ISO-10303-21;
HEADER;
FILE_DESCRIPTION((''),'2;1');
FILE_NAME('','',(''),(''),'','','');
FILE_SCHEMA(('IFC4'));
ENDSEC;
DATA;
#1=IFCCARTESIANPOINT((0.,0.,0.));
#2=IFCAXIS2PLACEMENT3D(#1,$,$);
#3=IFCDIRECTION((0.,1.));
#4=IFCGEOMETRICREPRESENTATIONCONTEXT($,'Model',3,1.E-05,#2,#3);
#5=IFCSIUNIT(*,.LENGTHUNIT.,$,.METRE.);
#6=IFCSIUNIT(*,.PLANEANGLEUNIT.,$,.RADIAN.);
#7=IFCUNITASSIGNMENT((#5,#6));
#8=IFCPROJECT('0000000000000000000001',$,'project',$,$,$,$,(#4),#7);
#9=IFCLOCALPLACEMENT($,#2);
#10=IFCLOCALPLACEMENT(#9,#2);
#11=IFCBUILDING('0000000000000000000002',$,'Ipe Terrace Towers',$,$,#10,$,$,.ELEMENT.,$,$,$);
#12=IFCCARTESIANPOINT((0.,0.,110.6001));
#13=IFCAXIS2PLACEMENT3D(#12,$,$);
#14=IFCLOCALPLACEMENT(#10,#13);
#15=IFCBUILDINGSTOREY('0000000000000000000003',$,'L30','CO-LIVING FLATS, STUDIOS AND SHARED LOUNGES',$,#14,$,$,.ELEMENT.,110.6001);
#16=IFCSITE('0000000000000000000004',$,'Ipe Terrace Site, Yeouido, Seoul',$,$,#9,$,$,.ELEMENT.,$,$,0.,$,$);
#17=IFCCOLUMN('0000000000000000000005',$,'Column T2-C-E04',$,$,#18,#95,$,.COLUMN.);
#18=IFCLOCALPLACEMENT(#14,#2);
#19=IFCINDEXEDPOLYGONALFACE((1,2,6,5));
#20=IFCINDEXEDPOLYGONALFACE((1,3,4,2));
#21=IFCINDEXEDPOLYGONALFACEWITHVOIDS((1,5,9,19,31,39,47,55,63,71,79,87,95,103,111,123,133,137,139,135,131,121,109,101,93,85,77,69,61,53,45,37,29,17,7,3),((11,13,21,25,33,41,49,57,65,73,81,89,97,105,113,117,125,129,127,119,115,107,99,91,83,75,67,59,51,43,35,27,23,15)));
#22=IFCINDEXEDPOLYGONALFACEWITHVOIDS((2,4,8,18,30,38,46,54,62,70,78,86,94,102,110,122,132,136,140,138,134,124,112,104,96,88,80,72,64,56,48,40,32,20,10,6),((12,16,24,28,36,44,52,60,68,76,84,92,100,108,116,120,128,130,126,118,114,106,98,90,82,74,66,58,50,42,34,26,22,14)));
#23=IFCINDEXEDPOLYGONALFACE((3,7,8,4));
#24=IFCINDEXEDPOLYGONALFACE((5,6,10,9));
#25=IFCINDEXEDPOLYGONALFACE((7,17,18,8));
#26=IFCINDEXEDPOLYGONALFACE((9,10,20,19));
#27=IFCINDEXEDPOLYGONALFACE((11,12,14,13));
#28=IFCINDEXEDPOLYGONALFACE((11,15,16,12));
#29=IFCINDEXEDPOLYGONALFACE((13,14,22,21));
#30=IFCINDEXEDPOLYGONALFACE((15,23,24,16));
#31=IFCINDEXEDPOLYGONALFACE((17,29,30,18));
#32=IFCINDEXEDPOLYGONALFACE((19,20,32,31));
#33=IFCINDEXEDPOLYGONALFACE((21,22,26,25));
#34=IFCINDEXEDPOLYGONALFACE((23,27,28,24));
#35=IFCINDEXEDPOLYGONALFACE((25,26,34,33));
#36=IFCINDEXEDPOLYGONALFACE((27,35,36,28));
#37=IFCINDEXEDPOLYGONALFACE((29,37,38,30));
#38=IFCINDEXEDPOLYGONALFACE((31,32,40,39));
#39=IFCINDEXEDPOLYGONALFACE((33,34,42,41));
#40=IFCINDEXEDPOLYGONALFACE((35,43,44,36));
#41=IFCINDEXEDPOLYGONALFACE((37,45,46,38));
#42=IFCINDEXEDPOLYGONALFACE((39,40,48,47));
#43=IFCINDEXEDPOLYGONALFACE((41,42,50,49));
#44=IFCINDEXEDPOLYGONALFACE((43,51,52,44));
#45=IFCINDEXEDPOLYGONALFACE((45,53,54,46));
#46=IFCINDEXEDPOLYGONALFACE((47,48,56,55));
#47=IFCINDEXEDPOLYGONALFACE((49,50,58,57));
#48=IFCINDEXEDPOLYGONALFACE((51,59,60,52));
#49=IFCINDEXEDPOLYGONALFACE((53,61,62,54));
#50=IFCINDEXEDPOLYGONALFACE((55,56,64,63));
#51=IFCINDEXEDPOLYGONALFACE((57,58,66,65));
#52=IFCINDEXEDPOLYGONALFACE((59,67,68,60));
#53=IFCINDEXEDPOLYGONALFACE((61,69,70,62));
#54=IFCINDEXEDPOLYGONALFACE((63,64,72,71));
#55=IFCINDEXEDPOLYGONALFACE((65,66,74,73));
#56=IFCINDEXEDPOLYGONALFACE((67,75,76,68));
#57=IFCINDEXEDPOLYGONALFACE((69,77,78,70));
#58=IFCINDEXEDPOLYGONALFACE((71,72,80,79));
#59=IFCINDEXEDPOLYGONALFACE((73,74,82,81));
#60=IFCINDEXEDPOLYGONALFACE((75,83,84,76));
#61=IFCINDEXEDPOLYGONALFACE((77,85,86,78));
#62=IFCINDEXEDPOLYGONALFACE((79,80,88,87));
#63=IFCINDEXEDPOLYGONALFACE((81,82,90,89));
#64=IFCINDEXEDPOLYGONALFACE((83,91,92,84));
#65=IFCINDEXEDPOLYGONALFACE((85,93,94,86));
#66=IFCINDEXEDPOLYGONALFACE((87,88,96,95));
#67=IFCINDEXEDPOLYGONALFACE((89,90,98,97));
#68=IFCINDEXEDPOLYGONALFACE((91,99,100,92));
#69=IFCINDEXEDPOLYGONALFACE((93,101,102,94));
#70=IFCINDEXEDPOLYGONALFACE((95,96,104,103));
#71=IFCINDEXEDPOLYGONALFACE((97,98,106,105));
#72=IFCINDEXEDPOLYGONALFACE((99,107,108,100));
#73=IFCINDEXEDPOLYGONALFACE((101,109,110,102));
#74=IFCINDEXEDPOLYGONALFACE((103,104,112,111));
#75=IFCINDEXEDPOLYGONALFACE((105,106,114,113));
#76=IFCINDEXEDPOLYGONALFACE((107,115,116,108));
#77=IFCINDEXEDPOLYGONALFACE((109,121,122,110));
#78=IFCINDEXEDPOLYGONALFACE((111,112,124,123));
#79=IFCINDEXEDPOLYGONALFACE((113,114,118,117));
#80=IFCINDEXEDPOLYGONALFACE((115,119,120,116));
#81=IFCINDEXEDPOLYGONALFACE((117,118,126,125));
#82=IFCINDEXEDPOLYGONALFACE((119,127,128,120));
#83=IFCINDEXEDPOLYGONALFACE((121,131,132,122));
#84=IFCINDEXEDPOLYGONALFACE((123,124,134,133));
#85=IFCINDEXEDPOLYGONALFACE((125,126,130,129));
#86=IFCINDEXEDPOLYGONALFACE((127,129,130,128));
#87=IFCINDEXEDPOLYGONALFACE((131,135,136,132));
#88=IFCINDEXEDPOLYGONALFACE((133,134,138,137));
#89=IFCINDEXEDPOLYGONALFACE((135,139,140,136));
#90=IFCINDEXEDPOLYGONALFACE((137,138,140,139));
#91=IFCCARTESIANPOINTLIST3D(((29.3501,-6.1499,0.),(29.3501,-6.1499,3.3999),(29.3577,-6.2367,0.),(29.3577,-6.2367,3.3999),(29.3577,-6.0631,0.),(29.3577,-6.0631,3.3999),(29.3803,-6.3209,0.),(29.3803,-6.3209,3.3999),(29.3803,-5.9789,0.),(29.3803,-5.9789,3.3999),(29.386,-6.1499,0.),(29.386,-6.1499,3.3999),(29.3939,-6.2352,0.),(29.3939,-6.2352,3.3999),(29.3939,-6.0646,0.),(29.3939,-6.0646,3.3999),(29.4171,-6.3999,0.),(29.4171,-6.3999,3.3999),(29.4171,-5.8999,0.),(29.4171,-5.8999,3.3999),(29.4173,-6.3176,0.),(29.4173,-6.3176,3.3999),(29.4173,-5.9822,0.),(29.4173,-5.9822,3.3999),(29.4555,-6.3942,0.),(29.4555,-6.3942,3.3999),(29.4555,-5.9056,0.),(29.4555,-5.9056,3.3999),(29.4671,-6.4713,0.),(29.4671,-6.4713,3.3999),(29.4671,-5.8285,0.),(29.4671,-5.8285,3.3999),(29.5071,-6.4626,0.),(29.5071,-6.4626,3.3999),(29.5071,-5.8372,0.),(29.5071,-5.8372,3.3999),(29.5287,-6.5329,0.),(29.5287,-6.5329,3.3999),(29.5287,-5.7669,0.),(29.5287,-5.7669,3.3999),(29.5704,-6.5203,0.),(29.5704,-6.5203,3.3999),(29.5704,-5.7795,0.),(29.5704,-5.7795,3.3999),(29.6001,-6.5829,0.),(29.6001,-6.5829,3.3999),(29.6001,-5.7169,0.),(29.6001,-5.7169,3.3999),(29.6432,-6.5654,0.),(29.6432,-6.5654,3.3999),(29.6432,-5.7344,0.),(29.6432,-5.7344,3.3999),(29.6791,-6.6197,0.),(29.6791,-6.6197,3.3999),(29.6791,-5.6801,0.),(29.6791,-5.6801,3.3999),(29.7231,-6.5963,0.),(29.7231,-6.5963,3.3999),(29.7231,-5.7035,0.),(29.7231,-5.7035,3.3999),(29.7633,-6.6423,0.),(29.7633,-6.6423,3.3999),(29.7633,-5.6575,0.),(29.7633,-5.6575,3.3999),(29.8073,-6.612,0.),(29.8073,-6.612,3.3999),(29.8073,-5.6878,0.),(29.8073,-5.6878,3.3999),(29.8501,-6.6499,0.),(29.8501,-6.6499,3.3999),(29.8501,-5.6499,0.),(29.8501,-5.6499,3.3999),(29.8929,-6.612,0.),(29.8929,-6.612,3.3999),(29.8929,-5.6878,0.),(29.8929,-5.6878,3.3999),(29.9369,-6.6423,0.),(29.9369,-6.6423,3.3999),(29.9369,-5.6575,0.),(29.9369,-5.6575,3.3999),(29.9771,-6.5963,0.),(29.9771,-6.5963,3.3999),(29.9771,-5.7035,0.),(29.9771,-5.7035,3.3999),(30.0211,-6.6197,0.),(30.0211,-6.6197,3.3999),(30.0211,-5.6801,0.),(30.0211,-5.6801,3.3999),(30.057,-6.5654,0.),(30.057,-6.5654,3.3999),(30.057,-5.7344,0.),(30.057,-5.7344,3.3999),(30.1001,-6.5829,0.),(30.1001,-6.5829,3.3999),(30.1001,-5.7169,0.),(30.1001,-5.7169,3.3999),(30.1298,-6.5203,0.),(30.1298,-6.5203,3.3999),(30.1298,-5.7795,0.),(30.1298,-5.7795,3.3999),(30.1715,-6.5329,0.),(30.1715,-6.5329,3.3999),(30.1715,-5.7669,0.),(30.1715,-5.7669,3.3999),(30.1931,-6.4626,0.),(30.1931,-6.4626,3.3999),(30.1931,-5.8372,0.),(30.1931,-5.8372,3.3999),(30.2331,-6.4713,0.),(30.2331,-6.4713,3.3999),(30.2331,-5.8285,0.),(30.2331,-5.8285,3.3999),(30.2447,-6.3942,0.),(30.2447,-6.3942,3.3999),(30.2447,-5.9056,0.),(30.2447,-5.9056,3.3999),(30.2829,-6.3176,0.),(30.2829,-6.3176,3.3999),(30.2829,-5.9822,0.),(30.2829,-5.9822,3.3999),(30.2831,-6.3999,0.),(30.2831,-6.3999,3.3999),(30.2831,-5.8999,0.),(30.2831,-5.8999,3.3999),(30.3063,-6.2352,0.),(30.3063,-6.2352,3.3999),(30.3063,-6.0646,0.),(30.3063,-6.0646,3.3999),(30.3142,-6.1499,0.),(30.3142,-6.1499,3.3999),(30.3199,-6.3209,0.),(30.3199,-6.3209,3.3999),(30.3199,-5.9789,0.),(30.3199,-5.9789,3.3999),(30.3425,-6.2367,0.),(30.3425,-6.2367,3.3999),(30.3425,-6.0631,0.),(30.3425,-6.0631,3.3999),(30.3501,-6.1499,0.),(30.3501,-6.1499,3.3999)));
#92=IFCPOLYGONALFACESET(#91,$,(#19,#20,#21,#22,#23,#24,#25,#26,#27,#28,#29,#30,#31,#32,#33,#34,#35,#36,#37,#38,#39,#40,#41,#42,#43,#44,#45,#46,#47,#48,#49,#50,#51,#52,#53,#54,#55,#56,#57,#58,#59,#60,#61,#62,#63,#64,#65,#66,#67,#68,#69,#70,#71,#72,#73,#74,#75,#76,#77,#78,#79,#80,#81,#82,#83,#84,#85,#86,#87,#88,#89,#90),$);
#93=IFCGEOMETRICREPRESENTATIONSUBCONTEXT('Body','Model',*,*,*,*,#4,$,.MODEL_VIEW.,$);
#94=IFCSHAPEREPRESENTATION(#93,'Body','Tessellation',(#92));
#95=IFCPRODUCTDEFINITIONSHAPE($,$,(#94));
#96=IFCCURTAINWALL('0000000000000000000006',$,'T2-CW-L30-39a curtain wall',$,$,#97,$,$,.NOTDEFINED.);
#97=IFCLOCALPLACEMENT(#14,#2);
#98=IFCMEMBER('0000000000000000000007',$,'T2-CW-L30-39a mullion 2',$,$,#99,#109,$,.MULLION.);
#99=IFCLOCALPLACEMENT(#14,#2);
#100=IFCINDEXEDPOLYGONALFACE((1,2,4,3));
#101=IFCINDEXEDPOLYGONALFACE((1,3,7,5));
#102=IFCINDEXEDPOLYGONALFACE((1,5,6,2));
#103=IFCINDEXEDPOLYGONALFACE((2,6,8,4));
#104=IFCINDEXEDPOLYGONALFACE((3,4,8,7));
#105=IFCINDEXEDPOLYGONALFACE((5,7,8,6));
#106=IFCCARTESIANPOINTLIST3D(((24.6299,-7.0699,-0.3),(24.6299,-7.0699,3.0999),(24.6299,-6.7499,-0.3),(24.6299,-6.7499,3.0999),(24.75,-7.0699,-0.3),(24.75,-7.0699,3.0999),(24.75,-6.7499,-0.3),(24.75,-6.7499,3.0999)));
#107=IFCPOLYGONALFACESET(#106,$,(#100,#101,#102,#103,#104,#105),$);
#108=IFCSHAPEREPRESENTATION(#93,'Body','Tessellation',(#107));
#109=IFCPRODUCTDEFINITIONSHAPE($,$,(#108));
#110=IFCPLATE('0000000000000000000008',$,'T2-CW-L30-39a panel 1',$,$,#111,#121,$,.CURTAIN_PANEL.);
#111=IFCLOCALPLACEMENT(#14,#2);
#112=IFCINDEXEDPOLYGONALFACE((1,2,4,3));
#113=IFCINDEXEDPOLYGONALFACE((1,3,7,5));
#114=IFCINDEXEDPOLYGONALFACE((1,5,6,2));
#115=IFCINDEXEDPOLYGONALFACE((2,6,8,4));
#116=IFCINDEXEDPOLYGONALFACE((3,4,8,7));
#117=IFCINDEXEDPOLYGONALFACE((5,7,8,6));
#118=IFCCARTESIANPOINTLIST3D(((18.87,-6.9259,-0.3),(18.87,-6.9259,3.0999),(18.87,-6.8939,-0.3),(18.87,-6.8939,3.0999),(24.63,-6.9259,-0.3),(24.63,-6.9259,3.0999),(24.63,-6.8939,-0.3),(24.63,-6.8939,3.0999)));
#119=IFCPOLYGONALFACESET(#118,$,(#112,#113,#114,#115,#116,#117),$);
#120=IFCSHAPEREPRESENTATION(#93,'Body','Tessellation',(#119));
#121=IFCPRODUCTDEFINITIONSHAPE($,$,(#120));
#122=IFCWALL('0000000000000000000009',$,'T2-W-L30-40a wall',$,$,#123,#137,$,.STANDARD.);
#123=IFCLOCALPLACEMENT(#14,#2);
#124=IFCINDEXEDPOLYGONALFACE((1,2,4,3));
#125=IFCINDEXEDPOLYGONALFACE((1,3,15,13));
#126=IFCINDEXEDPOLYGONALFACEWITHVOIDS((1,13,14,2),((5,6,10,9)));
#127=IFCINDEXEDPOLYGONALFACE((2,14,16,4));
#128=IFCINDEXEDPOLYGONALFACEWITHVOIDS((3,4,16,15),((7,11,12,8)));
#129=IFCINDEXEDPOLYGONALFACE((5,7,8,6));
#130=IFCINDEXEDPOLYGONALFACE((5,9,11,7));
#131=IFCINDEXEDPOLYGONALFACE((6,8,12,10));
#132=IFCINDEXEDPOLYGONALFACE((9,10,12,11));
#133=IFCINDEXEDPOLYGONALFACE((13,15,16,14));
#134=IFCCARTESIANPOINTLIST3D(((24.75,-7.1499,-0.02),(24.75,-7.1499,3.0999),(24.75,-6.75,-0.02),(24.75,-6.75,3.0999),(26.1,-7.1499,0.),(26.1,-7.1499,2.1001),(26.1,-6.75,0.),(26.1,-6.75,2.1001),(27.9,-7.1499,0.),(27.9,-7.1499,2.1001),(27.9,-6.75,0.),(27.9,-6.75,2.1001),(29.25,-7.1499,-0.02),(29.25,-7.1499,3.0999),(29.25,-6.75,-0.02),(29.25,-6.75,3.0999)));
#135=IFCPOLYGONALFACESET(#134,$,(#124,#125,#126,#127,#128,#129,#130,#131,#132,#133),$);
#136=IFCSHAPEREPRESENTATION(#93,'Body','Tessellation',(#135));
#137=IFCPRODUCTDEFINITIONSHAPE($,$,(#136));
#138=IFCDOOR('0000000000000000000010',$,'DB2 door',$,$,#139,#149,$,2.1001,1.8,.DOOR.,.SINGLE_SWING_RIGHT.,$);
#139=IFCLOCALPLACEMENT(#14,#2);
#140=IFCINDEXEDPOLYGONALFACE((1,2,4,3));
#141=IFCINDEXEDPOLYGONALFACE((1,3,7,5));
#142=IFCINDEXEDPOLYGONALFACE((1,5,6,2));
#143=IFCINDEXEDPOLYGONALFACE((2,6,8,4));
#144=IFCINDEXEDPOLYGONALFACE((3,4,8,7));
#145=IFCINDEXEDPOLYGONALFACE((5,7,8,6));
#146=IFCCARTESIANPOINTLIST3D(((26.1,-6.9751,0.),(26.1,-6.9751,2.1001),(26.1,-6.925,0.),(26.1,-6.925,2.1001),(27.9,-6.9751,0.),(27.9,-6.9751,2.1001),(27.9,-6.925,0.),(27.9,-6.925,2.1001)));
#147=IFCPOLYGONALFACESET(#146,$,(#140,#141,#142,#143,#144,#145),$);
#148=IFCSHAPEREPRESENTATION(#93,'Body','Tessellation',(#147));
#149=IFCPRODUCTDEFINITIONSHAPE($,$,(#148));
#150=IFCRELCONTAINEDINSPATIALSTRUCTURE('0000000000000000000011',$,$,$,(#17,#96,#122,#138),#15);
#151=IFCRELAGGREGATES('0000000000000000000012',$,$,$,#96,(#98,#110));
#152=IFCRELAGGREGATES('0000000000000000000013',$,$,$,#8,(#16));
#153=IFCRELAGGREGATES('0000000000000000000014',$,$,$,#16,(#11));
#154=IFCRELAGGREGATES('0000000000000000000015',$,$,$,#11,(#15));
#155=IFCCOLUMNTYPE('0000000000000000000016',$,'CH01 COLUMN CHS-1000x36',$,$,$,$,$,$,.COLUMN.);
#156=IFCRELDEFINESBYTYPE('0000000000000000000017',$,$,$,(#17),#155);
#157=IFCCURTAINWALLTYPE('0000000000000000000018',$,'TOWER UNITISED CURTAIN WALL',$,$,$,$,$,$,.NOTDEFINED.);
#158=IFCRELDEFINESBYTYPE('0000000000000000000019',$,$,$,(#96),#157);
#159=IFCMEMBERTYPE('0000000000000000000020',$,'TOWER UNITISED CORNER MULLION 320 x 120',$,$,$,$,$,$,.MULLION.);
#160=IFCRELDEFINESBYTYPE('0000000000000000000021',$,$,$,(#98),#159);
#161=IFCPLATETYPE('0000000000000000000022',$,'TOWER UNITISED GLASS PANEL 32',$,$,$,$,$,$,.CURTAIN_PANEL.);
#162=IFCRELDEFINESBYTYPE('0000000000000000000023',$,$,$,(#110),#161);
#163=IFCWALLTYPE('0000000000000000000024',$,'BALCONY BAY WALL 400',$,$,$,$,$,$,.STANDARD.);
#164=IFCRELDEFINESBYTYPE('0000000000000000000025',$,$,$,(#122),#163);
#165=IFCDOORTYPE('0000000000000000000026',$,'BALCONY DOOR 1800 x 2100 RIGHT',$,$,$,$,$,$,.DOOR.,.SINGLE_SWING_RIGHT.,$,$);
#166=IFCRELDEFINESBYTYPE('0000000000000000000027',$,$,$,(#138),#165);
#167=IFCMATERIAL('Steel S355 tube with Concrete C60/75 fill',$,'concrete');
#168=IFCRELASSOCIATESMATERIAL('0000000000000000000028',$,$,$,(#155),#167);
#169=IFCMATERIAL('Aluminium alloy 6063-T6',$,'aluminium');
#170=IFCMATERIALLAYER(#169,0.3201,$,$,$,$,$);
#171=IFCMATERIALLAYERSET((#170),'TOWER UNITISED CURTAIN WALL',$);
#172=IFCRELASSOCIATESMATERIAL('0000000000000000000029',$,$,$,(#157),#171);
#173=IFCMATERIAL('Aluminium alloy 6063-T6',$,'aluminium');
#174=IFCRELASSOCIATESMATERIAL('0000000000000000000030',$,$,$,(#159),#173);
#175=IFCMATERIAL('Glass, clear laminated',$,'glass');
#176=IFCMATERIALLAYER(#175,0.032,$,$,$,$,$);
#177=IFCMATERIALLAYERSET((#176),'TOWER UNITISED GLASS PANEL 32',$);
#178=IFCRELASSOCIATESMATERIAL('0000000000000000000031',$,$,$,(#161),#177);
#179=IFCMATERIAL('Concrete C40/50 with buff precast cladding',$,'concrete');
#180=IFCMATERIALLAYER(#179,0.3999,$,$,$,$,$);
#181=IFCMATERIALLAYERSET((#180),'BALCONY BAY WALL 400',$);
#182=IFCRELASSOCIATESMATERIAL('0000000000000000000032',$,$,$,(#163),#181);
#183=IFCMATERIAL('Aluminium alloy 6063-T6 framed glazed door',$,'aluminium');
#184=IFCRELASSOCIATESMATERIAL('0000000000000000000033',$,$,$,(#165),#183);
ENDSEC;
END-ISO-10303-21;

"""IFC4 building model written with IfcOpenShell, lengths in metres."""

from ifc_helpers import new_model, si_unit, direction, frame, frame_2d, origin, origin_2d, place, context, subcontext, project, spatial, rectangle, hollow_circle, extrude, material, layer, layer_set, material_profile, profile_set, type_object, element, fill, aggregate, save


model = new_model("IFC4")

# Units and contexts
model_context = context("Model", 3, precision=1e-05, world=origin(), true_north=direction((0.0, 1.0)))
body_context = subcontext(model_context, "Body", "Model", "MODEL_VIEW")
ifc_project = project(units=[si_unit("LENGTHUNIT", "METRE"), si_unit("PLANEANGLEUNIT", "RADIAN")], contexts=[model_context])

# Site, building, storey
site_placement = place(None, origin())
site = spatial("IfcSite", under=ifc_project, at=site_placement, Name="Ipe Terrace Site, Yeouido, Seoul", CompositionType="ELEMENT", RefElevation=0.0)
building_placement = place(site_placement, origin())
building = spatial("IfcBuilding", under=site, at=building_placement, Name="Ipe Terrace Towers", CompositionType="ELEMENT")
storey_placement = place(building_placement, frame((0.0, 0.0, 110.6001)))
storey = spatial("IfcBuildingStorey", under=building, at=storey_placement, Name="L30", Description="CO-LIVING FLATS, STUDIOS AND SHARED LOUNGES", CompositionType="ELEMENT", Elevation=110.6001)

# Column
ifc_material_1 = material(Name="Steel S355 tube with Concrete C60/75 fill", Category="concrete")
ifc_material_profile_1 = material_profile(ifc_material_1, hollow_circle(Radius=0.5, WallThickness=0.0359, at=origin_2d()), Name="CHS-1000x36")
ifc_profile_set_1 = profile_set([ifc_material_profile_1], Name="Steel S355 tube with Concrete C60/75 fill")
column_type = type_object("IfcColumnType", Name="CH01 COLUMN CHS-1000x36", PredefinedType="COLUMN", material=ifc_profile_set_1)
column_placement = place(storey_placement, frame((29.8501, -6.1499, 0.0), z_axis=(0.0, 0.0, 1.0), x_axis=(1.0, 0.0, 0.0)))
element("IfcColumn", 1, at=column_placement, inside=storey, type_object=column_type, Name="Column T2-C-E04", PredefinedType="COLUMN", context=body_context, shape_type="SweptSolid", body=[
    extrude(hollow_circle(Radius=0.5, WallThickness=0.0359, at=origin_2d()), origin(), (0.0, 0.0, 1.0), 3.3999),
])

# Curtain wall, member, plate
ifc_material_2 = material(Name="Aluminium alloy 6063-T6", Category="aluminium")
ifc_layer_1 = layer(ifc_material_2, 0.3201)
ifc_layer_set_1 = layer_set([ifc_layer_1], Name="TOWER UNITISED CURTAIN WALL")
curtain_wall_type = type_object("IfcCurtainWallType", Name="TOWER UNITISED CURTAIN WALL", PredefinedType="NOTDEFINED", material=ifc_layer_set_1)
curtain_wall_placement = place(storey_placement, origin())
curtain_wall = element("IfcCurtainWall", 2, at=curtain_wall_placement, inside=storey, type_object=curtain_wall_type, Name="T2-CW-L30-39a curtain wall", PredefinedType="NOTDEFINED")
ifc_material_3 = material(Name="Aluminium alloy 6063-T6", Category="aluminium")
ifc_material_profile_2 = material_profile(ifc_material_3, rectangle(XDim=0.3201, YDim=0.1201, at=origin_2d()), Name="TOWER UNITISED CORNER MULLION 320 x 120")
ifc_profile_set_2 = profile_set([ifc_material_profile_2], Name="Aluminium alloy 6063-T6")
member_type = type_object("IfcMemberType", Name="TOWER UNITISED CORNER MULLION 320 x 120", PredefinedType="MULLION", material=ifc_profile_set_2)
member_placement = place(storey_placement, frame((24.6899, -6.9099, -0.3), z_axis=(0.0, 0.0, 1.0), x_axis=(0.0, -1.0, 0.0)))
member = element("IfcMember", 3, at=member_placement, type_object=member_type, Name="T2-CW-L30-39a mullion 2", PredefinedType="MULLION", context=body_context, shape_type="SweptSolid", body=[
    extrude(rectangle(XDim=0.3201, YDim=0.1201, at=origin_2d()), origin(), (0.0, 0.0, 1.0), 3.3999),
])
ifc_material_4 = material(Name="Glass, clear laminated", Category="glass")
ifc_layer_2 = layer(ifc_material_4, 0.032)
ifc_layer_set_2 = layer_set([ifc_layer_2], Name="TOWER UNITISED GLASS PANEL 32")
plate_type = type_object("IfcPlateType", Name="TOWER UNITISED GLASS PANEL 32", PredefinedType="CURTAIN_PANEL", material=ifc_layer_set_2)
plate_placement = place(storey_placement, frame((21.75, -6.9099, -0.3), z_axis=(0.0, 0.0, 1.0), x_axis=(1.0, 0.0, 0.0)))
plate = element("IfcPlate", 4, at=plate_placement, type_object=plate_type, Name="T2-CW-L30-39a panel 1", PredefinedType="CURTAIN_PANEL", context=body_context, shape_type="SweptSolid", body=[
    extrude(rectangle(XDim=5.76, YDim=0.032, at=origin_2d()), origin(), (0.0, 0.0, 1.0), 3.3999),
])
aggregate(curtain_wall, [member, plate])

# Wall, opening, door
ifc_material_5 = material(Name="Concrete C40/50 with buff precast cladding", Category="concrete")
ifc_layer_3 = layer(ifc_material_5, 0.3999)
ifc_layer_set_3 = layer_set([ifc_layer_3], Name="BALCONY BAY WALL 400")
wall_type_1 = type_object("IfcWallType", Name="BALCONY BAY WALL 400", PredefinedType="STANDARD", material=ifc_layer_set_3)
wall_1_placement = place(storey_placement, frame((24.75, -6.95, -0.02), z_axis=(0.0, 0.0, 1.0), x_axis=(1.0, 0.0, 0.0)))
wall_1 = element("IfcWall", 5, at=wall_1_placement, inside=storey, type_object=wall_type_1, Name="T2-W-L30-40a wall", PredefinedType="STANDARD", context=body_context, shape_type="SweptSolid", body=[
    extrude(rectangle(XDim=4.5, YDim=0.3999, at=frame_2d((2.25, 0.0))), origin(), (0.0, 0.0, 1.0), 3.1199),
])
opening_1_placement = place(wall_1_placement, frame((1.3501, 0.0, 0.02)))
opening_1 = element("IfcOpeningElement", 6, at=opening_1_placement, cuts=wall_1, PredefinedType="OPENING", context=body_context, shape_type="SweptSolid", body=[
    extrude(rectangle(XDim=1.8, YDim=2.1001, at=frame_2d((0.8999, 1.05))), frame((0.0, 0.21, 0.0), z_axis=(0.0, -1.0, 0.0), x_axis=(1.0, 0.0, 0.0)), (0.0, 0.0, 1.0), 0.4199),
])
ifc_material_6 = material(Name="Aluminium alloy 6063-T6 framed glazed door", Category="aluminium")
door_type_1 = type_object("IfcDoorType", Name="BALCONY DOOR 1800 x 2100 RIGHT", OperationType="SINGLE_SWING_RIGHT", PredefinedType="DOOR", material=ifc_material_6)
door_1_placement = place(opening_1_placement, origin())
door_1 = element("IfcDoor", 7, at=door_1_placement, inside=storey, type_object=door_type_1, Name="DB2 door", OperationType="SINGLE_SWING_RIGHT", OverallHeight=2.1001, OverallWidth=1.8, PredefinedType="DOOR", context=body_context, shape_type="SweptSolid", body=[
    extrude(rectangle(XDim=1.8, YDim=2.1001, at=frame_2d((0.8999, 1.05))), frame((0.0, 0.0249, 0.0), z_axis=(0.0, -1.0, 0.0), x_axis=(1.0, 0.0, 0.0)), (0.0, 0.0, 1.0), 0.05),
])
fill(opening_1, door_1)

save(model, "model.ifc")
